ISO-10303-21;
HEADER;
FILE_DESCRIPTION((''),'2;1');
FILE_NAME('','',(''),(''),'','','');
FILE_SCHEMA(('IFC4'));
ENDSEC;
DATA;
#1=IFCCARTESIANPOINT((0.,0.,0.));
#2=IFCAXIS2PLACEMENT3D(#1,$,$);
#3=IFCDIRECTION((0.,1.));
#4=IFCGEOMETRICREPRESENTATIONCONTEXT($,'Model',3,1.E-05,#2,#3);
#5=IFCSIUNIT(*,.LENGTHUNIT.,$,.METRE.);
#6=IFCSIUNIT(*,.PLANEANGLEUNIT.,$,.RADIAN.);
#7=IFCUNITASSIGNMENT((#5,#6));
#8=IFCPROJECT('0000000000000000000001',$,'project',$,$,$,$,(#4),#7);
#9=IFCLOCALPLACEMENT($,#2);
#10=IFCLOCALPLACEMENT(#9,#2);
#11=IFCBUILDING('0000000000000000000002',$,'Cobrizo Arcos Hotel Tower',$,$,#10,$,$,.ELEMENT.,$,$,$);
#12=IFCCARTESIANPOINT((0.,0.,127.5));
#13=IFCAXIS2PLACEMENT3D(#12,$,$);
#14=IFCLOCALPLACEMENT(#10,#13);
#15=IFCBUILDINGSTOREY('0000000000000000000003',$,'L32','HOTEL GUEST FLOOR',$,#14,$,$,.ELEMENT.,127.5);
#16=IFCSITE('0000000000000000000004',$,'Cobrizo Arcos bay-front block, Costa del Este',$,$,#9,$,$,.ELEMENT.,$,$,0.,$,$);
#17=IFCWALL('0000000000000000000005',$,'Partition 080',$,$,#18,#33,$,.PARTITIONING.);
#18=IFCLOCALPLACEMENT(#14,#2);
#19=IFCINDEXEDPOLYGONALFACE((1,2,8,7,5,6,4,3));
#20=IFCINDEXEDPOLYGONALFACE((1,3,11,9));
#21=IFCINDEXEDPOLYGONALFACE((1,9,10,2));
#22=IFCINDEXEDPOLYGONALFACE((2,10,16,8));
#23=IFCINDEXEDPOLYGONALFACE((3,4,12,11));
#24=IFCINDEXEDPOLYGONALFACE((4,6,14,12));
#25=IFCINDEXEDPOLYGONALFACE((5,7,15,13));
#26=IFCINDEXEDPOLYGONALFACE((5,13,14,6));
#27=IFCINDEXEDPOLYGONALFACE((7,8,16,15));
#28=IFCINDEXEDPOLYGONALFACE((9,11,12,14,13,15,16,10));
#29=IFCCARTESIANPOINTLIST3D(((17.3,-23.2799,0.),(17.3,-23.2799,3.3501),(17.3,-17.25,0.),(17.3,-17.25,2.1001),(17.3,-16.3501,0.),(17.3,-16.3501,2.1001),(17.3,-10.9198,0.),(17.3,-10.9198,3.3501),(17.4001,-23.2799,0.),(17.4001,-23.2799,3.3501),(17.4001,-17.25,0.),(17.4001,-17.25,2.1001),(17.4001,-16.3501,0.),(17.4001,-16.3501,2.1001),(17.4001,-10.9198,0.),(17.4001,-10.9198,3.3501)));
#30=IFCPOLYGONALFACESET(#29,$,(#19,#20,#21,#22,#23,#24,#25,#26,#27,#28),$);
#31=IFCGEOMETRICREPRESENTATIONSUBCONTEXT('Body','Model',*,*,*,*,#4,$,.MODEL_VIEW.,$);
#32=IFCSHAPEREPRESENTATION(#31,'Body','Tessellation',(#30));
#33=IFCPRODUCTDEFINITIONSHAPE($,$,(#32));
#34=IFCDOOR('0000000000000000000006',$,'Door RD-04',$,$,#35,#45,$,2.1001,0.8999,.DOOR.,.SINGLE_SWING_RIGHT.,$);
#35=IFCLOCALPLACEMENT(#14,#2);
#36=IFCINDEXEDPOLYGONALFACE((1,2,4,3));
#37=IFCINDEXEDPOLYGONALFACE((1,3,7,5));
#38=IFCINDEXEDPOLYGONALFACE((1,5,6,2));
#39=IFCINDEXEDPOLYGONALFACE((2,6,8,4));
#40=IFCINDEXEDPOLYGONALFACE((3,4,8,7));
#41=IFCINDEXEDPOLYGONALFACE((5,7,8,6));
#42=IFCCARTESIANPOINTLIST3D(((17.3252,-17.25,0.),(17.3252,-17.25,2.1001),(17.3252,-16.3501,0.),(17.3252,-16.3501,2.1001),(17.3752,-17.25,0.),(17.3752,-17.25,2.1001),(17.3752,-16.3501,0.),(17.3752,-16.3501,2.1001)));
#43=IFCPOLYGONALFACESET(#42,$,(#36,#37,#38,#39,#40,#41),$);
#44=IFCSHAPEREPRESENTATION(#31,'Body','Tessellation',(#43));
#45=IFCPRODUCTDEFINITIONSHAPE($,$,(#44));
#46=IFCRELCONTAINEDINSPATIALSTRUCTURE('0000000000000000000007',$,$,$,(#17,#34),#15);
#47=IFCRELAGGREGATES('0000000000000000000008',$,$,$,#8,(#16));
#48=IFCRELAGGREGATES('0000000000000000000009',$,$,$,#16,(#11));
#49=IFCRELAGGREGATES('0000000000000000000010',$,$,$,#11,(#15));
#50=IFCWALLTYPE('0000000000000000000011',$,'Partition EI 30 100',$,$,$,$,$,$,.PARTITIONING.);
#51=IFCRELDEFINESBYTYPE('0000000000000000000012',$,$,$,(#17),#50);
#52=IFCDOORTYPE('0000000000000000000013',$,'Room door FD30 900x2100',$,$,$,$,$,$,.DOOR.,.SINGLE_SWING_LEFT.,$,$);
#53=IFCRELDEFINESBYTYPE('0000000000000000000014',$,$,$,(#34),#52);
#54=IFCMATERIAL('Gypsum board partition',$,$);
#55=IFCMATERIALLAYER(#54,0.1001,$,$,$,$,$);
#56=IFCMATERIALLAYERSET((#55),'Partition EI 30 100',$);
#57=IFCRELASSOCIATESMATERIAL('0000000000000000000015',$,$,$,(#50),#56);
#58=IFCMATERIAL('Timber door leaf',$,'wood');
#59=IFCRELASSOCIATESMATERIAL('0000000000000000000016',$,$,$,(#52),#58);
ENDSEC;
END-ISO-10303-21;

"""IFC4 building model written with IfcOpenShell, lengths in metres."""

from ifc_helpers import new_model, si_unit, direction, frame, frame_2d, origin, place, context, subcontext, project, spatial, rectangle, extrude, material, layer, layer_set, type_object, element, fill, save


model = new_model("IFC4")

# Units and contexts
model_context = context("Model", 3, precision=1e-05, world=origin(), true_north=direction((0.0, 1.0)))
body_context = subcontext(model_context, "Body", "Model", "MODEL_VIEW")
ifc_project = project(units=[si_unit("LENGTHUNIT", "METRE"), si_unit("PLANEANGLEUNIT", "RADIAN")], contexts=[model_context])

# Site, building, storey
site_placement = place(None, origin())
site = spatial("IfcSite", under=ifc_project, at=site_placement, Name="Cobrizo Arcos bay-front block, Costa del Este", CompositionType="ELEMENT", RefElevation=0.0)
building_placement = place(site_placement, origin())
building = spatial("IfcBuilding", under=site, at=building_placement, Name="Cobrizo Arcos Hotel Tower", CompositionType="ELEMENT")
storey_placement = place(building_placement, frame((0.0, 0.0, 127.5)))
storey = spatial("IfcBuildingStorey", under=building, at=storey_placement, Name="L32", Description="HOTEL GUEST FLOOR", CompositionType="ELEMENT", Elevation=127.5)

# Wall, opening, door
ifc_material_1 = material(Name="Gypsum board partition")
ifc_layer_1 = layer(ifc_material_1, 0.1001)
ifc_layer_set_1 = layer_set([ifc_layer_1], Name="Partition EI 30 100")
wall_type = type_object("IfcWallType", Name="Partition EI 30 100", PredefinedType="PARTITIONING", material=ifc_layer_set_1)
wall_placement = place(storey_placement, frame((17.3501, -23.28, 0.0), z_axis=(0.0, 0.0, 1.0), x_axis=(0.0, 1.0, 0.0)))
wall = element("IfcWall", 1, at=wall_placement, inside=storey, type_object=wall_type, Name="Partition 080", PredefinedType="PARTITIONING", context=body_context, shape_type="SweptSolid", body=[
    extrude(rectangle(XDim=12.3601, YDim=0.1001, at=frame_2d((6.1802, 0.0))), origin(), (0.0, 0.0, 1.0), 3.3501),
])
opening_placement = place(wall_placement, frame((6.03, 0.0, 0.0)))
opening = element("IfcOpeningElement", 2, at=opening_placement, cuts=wall, PredefinedType="OPENING", context=body_context, shape_type="SweptSolid", body=[
    extrude(rectangle(XDim=0.8999, YDim=2.1001, at=frame_2d((0.45, 1.05))), frame((0.0, 0.062, 0.0), z_axis=(0.0, -1.0, 0.0), x_axis=(1.0, 0.0, 0.0)), (0.0, 0.0, 1.0), 0.124),
])
ifc_material_2 = material(Name="Timber door leaf", Category="wood")
door_type = type_object("IfcDoorType", Name="Room door FD30 900x2100", OperationType="SINGLE_SWING_LEFT", PredefinedType="DOOR", material=ifc_material_2)
door_placement = place(opening_placement, origin())
door = element("IfcDoor", 3, at=door_placement, inside=storey, type_object=door_type, Name="Door RD-04", OperationType="SINGLE_SWING_RIGHT", OverallHeight=2.1001, OverallWidth=0.8999, PredefinedType="DOOR", context=body_context, shape_type="SweptSolid", body=[
    extrude(rectangle(XDim=0.8999, YDim=2.1001, at=frame_2d((0.45, 1.05))), frame((0.0, 0.0249, 0.0), z_axis=(0.0, -1.0, 0.0), x_axis=(1.0, 0.0, 0.0)), (0.0, 0.0, 1.0), 0.05),
])
fill(opening, door)

save(model, "model.ifc")
